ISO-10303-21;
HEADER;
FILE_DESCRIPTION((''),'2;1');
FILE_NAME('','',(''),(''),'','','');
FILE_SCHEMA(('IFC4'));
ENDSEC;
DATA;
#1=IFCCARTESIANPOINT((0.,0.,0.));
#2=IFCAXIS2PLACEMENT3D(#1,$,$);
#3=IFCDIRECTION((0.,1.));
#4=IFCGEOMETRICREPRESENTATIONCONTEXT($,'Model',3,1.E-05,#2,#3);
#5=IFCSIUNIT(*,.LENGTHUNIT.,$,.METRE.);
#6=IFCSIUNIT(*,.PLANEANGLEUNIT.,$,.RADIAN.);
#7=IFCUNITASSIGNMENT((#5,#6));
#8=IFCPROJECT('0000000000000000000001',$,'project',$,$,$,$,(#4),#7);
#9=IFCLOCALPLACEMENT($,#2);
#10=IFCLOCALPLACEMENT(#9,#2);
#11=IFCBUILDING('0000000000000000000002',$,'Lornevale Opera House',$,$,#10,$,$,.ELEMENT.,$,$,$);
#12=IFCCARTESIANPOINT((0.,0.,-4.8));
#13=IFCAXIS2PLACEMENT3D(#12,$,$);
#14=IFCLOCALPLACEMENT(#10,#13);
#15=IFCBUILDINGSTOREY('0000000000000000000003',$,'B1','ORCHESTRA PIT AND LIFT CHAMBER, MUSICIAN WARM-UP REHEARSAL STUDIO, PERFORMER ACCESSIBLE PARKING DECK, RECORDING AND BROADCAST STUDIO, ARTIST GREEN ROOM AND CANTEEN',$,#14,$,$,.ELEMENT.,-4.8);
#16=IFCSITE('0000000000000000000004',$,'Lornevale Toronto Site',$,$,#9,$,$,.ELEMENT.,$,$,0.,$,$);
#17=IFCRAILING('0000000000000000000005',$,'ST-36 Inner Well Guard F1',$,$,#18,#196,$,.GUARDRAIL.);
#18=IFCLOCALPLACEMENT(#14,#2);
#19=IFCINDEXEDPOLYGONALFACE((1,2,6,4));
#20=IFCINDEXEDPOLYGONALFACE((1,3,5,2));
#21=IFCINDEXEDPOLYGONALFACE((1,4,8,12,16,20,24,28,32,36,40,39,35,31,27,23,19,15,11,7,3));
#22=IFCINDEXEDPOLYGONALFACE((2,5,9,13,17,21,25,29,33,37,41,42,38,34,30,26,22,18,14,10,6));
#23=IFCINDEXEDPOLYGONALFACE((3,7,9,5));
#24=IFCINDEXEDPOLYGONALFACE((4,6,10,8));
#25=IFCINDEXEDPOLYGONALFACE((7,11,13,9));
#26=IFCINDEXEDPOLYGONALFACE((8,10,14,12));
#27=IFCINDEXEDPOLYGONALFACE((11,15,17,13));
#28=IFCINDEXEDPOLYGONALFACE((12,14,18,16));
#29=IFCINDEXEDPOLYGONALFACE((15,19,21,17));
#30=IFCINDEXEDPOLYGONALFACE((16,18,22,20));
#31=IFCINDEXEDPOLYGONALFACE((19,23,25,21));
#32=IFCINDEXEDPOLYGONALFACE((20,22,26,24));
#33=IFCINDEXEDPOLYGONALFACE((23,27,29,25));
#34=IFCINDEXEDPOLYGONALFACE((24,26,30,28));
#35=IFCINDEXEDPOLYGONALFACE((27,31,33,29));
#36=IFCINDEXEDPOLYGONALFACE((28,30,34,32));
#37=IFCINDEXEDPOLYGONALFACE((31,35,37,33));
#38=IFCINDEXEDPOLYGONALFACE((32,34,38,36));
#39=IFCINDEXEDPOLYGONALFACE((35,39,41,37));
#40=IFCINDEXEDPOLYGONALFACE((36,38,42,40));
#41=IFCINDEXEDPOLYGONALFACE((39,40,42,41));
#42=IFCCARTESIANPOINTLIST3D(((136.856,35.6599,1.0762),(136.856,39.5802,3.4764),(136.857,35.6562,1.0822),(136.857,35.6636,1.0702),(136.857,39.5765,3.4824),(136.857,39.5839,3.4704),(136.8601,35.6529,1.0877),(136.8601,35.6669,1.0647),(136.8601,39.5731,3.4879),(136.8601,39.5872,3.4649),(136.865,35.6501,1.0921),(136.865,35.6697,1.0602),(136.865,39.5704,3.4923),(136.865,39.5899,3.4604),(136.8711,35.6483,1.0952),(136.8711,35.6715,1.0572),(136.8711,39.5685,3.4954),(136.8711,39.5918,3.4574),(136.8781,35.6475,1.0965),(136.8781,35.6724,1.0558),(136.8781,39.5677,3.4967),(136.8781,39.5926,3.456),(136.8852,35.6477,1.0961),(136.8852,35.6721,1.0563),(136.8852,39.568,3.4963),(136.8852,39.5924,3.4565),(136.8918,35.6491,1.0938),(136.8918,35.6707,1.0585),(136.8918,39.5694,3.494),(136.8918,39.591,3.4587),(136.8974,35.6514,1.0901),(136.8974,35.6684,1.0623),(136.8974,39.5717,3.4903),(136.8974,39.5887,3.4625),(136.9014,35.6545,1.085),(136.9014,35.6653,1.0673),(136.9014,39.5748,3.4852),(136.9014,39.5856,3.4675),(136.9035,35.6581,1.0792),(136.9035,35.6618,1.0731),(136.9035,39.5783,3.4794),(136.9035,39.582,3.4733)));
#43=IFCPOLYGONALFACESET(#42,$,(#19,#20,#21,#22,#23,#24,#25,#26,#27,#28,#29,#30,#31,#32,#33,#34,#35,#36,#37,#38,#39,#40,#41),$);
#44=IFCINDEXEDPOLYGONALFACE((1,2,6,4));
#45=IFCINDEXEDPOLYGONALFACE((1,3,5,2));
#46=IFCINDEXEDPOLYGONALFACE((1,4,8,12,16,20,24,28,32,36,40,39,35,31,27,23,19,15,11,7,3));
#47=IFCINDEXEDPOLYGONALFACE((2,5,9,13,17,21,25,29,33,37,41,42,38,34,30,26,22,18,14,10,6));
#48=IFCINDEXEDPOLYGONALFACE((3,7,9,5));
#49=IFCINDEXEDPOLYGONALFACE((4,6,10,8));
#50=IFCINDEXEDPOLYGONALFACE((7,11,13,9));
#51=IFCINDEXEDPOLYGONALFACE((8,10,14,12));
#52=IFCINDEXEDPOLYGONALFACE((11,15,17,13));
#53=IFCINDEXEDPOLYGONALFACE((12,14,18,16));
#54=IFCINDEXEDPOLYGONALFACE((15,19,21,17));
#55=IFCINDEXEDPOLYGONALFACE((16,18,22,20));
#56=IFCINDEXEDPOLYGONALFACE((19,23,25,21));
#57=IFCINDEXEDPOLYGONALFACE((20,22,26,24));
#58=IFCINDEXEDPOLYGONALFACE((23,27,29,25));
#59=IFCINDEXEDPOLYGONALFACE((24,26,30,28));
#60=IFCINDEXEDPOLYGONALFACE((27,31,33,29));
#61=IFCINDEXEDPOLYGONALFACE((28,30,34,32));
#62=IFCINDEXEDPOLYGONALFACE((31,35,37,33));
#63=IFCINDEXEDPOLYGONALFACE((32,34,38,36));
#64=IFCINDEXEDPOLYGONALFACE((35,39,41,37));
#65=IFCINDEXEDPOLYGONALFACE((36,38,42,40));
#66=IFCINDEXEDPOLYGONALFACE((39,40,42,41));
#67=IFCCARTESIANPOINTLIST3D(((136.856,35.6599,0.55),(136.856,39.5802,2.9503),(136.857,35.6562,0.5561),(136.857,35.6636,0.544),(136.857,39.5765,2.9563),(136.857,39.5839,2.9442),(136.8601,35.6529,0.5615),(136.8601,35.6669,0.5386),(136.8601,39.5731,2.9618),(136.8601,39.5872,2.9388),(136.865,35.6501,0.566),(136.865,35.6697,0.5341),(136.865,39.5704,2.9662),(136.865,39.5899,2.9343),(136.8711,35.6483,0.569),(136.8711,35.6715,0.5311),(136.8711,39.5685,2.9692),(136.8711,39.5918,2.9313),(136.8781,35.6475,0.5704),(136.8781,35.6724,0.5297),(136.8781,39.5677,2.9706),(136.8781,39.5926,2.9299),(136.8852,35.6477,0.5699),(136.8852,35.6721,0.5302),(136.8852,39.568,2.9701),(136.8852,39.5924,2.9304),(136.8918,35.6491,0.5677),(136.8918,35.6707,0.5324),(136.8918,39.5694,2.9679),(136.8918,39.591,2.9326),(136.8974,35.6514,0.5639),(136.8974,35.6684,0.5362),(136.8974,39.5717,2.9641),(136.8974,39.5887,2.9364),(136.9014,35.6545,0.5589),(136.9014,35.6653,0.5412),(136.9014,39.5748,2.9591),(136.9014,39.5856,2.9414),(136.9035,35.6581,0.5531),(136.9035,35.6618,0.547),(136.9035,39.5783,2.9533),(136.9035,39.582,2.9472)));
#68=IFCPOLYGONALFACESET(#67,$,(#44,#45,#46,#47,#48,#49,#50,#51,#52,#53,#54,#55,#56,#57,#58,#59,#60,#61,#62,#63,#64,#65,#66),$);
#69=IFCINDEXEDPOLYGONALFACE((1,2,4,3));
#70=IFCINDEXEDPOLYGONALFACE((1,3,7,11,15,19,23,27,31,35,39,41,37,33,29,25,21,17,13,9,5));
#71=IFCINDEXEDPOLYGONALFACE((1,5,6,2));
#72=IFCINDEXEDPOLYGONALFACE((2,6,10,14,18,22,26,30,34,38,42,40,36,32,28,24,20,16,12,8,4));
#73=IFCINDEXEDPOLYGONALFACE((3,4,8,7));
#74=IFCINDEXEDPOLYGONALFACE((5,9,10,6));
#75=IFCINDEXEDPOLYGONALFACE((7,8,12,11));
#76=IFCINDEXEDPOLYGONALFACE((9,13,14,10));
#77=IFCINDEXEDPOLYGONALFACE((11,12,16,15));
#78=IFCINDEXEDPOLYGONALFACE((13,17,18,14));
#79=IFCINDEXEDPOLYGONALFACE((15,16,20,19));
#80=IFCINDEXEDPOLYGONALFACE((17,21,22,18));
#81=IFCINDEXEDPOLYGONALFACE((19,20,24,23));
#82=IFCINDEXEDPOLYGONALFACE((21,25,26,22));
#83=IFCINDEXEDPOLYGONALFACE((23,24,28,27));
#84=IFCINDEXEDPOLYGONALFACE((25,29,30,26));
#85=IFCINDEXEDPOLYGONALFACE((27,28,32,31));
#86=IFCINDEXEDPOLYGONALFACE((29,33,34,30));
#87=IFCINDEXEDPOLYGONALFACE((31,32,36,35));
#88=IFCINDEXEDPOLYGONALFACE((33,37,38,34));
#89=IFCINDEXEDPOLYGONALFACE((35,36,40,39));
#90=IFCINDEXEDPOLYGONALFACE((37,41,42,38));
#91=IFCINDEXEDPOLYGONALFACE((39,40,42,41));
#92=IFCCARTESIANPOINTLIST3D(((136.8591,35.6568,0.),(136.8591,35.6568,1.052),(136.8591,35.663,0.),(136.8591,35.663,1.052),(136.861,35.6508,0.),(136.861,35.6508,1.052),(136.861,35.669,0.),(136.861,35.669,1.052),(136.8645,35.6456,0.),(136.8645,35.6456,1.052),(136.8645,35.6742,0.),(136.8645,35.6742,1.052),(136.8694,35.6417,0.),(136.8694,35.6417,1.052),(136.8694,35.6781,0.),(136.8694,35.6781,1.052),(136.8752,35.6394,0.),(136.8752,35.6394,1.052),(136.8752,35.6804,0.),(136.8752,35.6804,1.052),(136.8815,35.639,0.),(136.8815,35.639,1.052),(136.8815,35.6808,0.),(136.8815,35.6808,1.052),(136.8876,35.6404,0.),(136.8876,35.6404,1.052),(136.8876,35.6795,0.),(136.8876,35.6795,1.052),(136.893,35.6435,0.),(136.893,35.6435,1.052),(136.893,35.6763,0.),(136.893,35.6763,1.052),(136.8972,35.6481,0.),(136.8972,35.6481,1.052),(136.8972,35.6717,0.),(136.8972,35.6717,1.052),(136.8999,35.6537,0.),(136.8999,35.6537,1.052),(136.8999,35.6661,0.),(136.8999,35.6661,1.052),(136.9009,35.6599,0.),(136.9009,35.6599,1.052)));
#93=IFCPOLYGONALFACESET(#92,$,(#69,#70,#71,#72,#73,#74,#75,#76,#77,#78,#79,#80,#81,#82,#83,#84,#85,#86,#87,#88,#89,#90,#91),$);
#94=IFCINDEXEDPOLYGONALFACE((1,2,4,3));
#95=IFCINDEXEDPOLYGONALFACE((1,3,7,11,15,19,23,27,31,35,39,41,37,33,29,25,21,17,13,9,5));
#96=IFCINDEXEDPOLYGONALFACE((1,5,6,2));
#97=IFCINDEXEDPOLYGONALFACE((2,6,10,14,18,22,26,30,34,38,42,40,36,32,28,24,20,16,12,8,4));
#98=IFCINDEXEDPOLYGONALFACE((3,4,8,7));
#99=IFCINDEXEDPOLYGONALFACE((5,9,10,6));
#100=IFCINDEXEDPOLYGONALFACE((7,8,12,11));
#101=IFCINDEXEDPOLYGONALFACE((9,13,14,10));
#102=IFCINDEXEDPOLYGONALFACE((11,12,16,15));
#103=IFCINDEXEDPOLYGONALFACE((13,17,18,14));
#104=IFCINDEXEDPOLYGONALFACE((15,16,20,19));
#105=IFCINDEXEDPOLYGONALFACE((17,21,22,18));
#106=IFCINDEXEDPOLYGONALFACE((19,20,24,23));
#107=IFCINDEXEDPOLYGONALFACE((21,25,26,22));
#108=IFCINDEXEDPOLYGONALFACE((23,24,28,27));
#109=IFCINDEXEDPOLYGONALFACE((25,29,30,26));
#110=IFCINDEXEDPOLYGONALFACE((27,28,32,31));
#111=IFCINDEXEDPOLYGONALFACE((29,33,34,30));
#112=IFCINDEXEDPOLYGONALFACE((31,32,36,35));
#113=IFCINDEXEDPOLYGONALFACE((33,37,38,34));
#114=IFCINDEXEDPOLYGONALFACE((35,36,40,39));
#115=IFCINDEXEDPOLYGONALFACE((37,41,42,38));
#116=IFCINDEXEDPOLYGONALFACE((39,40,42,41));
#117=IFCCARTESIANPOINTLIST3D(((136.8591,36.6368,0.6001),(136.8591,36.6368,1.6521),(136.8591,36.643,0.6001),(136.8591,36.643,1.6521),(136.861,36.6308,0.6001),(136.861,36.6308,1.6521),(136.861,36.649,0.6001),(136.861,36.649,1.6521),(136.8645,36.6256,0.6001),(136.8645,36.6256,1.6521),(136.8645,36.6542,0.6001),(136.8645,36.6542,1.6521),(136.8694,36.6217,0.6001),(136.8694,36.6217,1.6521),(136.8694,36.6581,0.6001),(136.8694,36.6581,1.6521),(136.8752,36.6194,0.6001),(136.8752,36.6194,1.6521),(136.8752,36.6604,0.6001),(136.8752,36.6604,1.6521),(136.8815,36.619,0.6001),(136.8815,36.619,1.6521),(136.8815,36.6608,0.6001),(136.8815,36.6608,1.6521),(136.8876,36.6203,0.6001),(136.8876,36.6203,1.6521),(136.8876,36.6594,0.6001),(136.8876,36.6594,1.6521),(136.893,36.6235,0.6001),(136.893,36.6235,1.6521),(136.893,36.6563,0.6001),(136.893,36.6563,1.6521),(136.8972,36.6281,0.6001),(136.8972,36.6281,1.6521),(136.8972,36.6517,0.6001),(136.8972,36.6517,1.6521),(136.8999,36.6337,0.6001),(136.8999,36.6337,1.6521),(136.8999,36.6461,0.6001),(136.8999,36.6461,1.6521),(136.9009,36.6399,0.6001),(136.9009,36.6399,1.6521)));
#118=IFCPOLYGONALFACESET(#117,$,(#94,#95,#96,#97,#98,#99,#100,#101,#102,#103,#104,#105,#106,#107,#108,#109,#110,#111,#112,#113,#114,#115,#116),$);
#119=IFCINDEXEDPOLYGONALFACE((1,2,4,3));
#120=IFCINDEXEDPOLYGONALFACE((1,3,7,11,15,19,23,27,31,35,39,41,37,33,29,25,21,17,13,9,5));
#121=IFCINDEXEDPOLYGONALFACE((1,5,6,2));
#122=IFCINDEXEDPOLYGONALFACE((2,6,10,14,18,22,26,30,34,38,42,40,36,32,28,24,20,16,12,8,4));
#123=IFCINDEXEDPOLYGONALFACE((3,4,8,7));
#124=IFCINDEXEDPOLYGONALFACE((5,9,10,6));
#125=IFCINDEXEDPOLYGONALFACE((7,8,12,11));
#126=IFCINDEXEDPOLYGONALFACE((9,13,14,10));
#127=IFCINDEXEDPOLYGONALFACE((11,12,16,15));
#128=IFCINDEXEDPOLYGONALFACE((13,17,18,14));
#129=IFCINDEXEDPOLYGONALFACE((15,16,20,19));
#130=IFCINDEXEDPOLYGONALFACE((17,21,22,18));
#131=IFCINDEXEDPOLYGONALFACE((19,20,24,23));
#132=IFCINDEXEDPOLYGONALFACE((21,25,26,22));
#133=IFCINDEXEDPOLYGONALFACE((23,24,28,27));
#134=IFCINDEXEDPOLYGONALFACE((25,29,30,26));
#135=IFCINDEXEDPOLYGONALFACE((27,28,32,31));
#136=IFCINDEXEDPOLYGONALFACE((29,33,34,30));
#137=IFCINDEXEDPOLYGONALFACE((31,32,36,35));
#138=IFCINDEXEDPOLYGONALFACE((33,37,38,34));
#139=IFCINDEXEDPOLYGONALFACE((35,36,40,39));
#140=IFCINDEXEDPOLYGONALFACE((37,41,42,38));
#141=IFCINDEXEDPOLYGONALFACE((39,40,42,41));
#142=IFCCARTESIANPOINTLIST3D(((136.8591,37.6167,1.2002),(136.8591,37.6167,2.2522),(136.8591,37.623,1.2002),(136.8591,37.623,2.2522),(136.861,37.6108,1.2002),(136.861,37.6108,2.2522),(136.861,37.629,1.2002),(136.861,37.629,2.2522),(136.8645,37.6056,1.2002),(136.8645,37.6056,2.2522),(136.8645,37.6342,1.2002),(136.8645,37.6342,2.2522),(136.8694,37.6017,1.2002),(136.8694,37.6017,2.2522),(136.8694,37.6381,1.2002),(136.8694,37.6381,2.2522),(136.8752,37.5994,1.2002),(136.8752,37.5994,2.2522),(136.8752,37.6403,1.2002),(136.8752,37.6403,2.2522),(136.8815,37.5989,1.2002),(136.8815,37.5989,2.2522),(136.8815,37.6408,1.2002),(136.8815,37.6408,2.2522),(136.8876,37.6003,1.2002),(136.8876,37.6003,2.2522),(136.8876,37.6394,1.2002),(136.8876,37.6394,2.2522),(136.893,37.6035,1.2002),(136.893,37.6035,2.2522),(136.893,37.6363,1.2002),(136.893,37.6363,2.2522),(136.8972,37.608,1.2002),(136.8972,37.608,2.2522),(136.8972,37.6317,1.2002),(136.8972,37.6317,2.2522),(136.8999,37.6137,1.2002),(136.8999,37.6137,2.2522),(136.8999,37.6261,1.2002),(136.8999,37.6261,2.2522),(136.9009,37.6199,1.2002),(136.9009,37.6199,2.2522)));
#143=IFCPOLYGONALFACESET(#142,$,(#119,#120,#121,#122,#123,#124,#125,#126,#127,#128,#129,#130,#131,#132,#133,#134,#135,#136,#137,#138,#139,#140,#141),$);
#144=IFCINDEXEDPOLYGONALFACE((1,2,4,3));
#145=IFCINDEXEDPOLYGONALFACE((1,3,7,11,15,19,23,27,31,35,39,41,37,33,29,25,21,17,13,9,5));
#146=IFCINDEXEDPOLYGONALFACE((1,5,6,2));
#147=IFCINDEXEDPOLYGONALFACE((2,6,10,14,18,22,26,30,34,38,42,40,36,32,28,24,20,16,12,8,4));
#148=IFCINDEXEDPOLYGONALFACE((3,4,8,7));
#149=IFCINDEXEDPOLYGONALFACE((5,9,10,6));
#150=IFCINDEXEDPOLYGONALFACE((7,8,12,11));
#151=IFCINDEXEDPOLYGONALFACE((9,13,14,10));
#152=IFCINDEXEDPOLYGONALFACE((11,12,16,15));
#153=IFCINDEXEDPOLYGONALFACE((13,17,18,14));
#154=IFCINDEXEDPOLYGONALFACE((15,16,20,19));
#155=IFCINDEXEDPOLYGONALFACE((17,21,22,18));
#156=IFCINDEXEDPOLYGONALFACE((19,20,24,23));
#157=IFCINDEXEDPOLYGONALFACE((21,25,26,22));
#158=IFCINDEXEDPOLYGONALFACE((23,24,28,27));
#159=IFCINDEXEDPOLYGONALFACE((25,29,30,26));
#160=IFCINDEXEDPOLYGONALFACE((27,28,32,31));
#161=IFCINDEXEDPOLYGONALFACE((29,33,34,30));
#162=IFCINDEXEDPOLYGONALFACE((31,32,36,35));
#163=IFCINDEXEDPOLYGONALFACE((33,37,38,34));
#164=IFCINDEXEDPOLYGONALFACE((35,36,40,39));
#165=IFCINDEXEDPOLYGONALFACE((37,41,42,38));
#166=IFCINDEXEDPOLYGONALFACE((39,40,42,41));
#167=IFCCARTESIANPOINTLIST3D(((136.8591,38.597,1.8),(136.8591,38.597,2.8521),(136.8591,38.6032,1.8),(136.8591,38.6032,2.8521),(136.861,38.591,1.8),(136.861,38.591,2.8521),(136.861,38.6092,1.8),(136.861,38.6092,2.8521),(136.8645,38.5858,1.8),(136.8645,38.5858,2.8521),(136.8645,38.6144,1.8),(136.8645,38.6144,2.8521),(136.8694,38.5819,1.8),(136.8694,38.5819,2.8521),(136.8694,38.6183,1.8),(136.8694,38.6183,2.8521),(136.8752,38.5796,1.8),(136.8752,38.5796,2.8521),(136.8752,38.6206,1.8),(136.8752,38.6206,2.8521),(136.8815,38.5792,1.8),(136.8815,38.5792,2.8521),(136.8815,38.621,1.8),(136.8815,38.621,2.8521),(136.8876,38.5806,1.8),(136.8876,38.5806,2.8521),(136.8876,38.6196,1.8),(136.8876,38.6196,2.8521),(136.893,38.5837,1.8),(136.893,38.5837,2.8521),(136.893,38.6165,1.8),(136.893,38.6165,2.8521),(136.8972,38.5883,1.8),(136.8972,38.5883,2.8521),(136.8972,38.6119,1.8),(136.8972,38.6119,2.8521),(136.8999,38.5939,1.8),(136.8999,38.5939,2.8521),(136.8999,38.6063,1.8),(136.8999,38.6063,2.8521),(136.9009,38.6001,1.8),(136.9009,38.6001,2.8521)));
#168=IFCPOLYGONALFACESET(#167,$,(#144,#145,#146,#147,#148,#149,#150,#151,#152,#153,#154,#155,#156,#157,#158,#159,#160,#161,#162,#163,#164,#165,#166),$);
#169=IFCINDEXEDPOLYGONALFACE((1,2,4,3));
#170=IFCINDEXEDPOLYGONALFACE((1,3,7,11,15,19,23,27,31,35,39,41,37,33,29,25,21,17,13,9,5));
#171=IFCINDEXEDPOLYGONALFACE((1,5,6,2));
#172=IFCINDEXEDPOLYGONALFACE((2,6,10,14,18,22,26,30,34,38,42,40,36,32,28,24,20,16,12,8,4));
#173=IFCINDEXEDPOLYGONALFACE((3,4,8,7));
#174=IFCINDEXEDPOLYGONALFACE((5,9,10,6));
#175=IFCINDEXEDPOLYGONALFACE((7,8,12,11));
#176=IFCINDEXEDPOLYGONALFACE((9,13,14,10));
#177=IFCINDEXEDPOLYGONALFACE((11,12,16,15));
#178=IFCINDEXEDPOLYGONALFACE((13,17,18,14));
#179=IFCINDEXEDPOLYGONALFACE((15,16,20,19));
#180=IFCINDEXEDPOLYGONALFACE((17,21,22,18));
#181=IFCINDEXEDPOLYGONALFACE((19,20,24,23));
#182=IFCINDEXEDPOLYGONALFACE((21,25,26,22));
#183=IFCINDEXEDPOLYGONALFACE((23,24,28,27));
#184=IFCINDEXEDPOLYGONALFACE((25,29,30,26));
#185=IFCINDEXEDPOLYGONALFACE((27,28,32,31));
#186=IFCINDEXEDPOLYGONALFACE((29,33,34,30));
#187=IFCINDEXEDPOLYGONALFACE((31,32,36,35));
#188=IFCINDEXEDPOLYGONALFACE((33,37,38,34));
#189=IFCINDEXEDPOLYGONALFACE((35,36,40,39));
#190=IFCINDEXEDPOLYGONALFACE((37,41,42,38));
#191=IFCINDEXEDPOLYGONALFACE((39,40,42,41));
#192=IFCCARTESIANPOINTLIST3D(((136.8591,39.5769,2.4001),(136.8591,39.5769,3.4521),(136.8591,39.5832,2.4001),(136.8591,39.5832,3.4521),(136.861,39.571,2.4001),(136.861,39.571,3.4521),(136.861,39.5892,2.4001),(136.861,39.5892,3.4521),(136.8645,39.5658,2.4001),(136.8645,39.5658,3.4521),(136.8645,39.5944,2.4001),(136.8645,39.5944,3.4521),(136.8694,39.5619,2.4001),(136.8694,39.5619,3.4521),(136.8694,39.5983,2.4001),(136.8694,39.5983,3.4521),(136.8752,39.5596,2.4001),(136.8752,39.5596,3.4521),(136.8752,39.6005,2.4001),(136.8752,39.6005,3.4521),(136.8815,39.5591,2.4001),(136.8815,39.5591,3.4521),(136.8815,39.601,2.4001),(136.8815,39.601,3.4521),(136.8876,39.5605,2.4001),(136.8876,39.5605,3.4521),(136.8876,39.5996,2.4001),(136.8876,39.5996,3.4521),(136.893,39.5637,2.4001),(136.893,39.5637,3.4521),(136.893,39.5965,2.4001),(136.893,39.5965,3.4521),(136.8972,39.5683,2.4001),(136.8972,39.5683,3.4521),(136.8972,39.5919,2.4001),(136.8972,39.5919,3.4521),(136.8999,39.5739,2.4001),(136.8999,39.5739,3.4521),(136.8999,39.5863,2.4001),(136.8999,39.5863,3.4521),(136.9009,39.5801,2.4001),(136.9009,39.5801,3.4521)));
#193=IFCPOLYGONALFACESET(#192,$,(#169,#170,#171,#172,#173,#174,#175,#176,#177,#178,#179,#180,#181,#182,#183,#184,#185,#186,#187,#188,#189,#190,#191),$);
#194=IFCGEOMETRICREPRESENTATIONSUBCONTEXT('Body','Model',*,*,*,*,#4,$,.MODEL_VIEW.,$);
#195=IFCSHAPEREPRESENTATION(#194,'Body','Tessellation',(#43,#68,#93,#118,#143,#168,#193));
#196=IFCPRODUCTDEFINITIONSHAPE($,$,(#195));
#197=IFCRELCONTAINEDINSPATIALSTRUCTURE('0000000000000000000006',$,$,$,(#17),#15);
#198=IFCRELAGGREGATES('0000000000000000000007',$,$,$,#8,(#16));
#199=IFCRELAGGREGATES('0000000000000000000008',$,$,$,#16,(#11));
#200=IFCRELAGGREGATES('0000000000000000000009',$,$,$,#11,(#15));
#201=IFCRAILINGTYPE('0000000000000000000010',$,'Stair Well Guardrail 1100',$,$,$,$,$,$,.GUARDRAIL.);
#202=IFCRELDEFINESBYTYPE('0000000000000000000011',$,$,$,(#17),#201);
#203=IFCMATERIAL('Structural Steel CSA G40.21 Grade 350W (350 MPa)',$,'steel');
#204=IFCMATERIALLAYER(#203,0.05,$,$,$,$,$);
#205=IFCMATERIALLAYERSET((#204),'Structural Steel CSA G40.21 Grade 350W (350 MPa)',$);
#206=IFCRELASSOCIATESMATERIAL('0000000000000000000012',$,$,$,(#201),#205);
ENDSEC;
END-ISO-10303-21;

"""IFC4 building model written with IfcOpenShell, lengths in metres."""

from ifc_helpers import new_model, si_unit, direction, frame, origin, origin_2d, place, context, subcontext, project, spatial, circle, extrude, material, layer, layer_set, type_object, element, save


model = new_model("IFC4")

# Units and contexts
model_context = context("Model", 3, precision=1e-05, world=origin(), true_north=direction((0.0, 1.0)))
body_context = subcontext(model_context, "Body", "Model", "MODEL_VIEW")
ifc_project = project(units=[si_unit("LENGTHUNIT", "METRE"), si_unit("PLANEANGLEUNIT", "RADIAN")], contexts=[model_context])

# Site, building, storey
site_placement = place(None, origin())
site = spatial("IfcSite", under=ifc_project, at=site_placement, Name="Lornevale Toronto Site", CompositionType="ELEMENT", RefElevation=0.0)
building_placement = place(site_placement, origin())
building = spatial("IfcBuilding", under=site, at=building_placement, Name="Lornevale Opera House", CompositionType="ELEMENT")
storey_placement = place(building_placement, frame((0.0, 0.0, -4.8)))
storey = spatial("IfcBuildingStorey", under=building, at=storey_placement, Name="B1", Description="ORCHESTRA PIT AND LIFT CHAMBER, MUSICIAN WARM-UP REHEARSAL STUDIO, PERFORMER ACCESSIBLE PARKING DECK, RECORDING AND BROADCAST STUDIO, ARTIST GREEN ROOM AND CANTEEN", CompositionType="ELEMENT", Elevation=-4.8)

# Railing
ifc_material_1 = material(Name="Structural Steel CSA G40.21 Grade 350W (350 MPa)", Category="steel")
ifc_layer_1 = layer(ifc_material_1, 0.05)
ifc_layer_set_1 = layer_set([ifc_layer_1], Name="Structural Steel CSA G40.21 Grade 350W (350 MPa)")
railing_type_1 = type_object("IfcRailingType", Name="Stair Well Guardrail 1100", PredefinedType="GUARDRAIL", material=ifc_layer_set_1)
railing_1_placement = place(storey_placement, frame((136.8799, 35.6599, 0.0)))
element("IfcRailing", 1, at=railing_1_placement, inside=storey, type_object=railing_type_1, Name="ST-36 Inner Well Guard F1", PredefinedType="GUARDRAIL", context=body_context, shape_type="SweptSolid", body=[
    extrude(circle(Radius=0.0239, at=origin_2d()), frame((0.0, 0.0, 1.0762), z_axis=(0.0, 0.852847, 0.522161), x_axis=(-1.0, 0.0, 0.0)), (0.0, 0.0, 1.0), 4.5967),
    extrude(circle(Radius=0.0239, at=origin_2d()), frame((0.0, 0.0, 0.55), z_axis=(0.0, 0.852847, 0.522161), x_axis=(-1.0, 0.0, 0.0)), (0.0, 0.0, 1.0), 4.5967),
    extrude(circle(Radius=0.021, at=origin_2d()), origin(), (0.0, 0.0, 1.0), 1.052),
    extrude(circle(Radius=0.021, at=origin_2d()), frame((0.0, 0.98, 0.6001)), (0.0, 0.0, 1.0), 1.052),
    extrude(circle(Radius=0.021, at=origin_2d()), frame((0.0, 1.96, 1.2002)), (0.0, 0.0, 1.0), 1.052),
    extrude(circle(Radius=0.021, at=origin_2d()), frame((0.0, 2.9402, 1.8)), (0.0, 0.0, 1.0), 1.052),
    extrude(circle(Radius=0.021, at=origin_2d()), frame((0.0, 3.9202, 2.4001)), (0.0, 0.0, 1.0), 1.052),
])

save(model, "model.ifc")
